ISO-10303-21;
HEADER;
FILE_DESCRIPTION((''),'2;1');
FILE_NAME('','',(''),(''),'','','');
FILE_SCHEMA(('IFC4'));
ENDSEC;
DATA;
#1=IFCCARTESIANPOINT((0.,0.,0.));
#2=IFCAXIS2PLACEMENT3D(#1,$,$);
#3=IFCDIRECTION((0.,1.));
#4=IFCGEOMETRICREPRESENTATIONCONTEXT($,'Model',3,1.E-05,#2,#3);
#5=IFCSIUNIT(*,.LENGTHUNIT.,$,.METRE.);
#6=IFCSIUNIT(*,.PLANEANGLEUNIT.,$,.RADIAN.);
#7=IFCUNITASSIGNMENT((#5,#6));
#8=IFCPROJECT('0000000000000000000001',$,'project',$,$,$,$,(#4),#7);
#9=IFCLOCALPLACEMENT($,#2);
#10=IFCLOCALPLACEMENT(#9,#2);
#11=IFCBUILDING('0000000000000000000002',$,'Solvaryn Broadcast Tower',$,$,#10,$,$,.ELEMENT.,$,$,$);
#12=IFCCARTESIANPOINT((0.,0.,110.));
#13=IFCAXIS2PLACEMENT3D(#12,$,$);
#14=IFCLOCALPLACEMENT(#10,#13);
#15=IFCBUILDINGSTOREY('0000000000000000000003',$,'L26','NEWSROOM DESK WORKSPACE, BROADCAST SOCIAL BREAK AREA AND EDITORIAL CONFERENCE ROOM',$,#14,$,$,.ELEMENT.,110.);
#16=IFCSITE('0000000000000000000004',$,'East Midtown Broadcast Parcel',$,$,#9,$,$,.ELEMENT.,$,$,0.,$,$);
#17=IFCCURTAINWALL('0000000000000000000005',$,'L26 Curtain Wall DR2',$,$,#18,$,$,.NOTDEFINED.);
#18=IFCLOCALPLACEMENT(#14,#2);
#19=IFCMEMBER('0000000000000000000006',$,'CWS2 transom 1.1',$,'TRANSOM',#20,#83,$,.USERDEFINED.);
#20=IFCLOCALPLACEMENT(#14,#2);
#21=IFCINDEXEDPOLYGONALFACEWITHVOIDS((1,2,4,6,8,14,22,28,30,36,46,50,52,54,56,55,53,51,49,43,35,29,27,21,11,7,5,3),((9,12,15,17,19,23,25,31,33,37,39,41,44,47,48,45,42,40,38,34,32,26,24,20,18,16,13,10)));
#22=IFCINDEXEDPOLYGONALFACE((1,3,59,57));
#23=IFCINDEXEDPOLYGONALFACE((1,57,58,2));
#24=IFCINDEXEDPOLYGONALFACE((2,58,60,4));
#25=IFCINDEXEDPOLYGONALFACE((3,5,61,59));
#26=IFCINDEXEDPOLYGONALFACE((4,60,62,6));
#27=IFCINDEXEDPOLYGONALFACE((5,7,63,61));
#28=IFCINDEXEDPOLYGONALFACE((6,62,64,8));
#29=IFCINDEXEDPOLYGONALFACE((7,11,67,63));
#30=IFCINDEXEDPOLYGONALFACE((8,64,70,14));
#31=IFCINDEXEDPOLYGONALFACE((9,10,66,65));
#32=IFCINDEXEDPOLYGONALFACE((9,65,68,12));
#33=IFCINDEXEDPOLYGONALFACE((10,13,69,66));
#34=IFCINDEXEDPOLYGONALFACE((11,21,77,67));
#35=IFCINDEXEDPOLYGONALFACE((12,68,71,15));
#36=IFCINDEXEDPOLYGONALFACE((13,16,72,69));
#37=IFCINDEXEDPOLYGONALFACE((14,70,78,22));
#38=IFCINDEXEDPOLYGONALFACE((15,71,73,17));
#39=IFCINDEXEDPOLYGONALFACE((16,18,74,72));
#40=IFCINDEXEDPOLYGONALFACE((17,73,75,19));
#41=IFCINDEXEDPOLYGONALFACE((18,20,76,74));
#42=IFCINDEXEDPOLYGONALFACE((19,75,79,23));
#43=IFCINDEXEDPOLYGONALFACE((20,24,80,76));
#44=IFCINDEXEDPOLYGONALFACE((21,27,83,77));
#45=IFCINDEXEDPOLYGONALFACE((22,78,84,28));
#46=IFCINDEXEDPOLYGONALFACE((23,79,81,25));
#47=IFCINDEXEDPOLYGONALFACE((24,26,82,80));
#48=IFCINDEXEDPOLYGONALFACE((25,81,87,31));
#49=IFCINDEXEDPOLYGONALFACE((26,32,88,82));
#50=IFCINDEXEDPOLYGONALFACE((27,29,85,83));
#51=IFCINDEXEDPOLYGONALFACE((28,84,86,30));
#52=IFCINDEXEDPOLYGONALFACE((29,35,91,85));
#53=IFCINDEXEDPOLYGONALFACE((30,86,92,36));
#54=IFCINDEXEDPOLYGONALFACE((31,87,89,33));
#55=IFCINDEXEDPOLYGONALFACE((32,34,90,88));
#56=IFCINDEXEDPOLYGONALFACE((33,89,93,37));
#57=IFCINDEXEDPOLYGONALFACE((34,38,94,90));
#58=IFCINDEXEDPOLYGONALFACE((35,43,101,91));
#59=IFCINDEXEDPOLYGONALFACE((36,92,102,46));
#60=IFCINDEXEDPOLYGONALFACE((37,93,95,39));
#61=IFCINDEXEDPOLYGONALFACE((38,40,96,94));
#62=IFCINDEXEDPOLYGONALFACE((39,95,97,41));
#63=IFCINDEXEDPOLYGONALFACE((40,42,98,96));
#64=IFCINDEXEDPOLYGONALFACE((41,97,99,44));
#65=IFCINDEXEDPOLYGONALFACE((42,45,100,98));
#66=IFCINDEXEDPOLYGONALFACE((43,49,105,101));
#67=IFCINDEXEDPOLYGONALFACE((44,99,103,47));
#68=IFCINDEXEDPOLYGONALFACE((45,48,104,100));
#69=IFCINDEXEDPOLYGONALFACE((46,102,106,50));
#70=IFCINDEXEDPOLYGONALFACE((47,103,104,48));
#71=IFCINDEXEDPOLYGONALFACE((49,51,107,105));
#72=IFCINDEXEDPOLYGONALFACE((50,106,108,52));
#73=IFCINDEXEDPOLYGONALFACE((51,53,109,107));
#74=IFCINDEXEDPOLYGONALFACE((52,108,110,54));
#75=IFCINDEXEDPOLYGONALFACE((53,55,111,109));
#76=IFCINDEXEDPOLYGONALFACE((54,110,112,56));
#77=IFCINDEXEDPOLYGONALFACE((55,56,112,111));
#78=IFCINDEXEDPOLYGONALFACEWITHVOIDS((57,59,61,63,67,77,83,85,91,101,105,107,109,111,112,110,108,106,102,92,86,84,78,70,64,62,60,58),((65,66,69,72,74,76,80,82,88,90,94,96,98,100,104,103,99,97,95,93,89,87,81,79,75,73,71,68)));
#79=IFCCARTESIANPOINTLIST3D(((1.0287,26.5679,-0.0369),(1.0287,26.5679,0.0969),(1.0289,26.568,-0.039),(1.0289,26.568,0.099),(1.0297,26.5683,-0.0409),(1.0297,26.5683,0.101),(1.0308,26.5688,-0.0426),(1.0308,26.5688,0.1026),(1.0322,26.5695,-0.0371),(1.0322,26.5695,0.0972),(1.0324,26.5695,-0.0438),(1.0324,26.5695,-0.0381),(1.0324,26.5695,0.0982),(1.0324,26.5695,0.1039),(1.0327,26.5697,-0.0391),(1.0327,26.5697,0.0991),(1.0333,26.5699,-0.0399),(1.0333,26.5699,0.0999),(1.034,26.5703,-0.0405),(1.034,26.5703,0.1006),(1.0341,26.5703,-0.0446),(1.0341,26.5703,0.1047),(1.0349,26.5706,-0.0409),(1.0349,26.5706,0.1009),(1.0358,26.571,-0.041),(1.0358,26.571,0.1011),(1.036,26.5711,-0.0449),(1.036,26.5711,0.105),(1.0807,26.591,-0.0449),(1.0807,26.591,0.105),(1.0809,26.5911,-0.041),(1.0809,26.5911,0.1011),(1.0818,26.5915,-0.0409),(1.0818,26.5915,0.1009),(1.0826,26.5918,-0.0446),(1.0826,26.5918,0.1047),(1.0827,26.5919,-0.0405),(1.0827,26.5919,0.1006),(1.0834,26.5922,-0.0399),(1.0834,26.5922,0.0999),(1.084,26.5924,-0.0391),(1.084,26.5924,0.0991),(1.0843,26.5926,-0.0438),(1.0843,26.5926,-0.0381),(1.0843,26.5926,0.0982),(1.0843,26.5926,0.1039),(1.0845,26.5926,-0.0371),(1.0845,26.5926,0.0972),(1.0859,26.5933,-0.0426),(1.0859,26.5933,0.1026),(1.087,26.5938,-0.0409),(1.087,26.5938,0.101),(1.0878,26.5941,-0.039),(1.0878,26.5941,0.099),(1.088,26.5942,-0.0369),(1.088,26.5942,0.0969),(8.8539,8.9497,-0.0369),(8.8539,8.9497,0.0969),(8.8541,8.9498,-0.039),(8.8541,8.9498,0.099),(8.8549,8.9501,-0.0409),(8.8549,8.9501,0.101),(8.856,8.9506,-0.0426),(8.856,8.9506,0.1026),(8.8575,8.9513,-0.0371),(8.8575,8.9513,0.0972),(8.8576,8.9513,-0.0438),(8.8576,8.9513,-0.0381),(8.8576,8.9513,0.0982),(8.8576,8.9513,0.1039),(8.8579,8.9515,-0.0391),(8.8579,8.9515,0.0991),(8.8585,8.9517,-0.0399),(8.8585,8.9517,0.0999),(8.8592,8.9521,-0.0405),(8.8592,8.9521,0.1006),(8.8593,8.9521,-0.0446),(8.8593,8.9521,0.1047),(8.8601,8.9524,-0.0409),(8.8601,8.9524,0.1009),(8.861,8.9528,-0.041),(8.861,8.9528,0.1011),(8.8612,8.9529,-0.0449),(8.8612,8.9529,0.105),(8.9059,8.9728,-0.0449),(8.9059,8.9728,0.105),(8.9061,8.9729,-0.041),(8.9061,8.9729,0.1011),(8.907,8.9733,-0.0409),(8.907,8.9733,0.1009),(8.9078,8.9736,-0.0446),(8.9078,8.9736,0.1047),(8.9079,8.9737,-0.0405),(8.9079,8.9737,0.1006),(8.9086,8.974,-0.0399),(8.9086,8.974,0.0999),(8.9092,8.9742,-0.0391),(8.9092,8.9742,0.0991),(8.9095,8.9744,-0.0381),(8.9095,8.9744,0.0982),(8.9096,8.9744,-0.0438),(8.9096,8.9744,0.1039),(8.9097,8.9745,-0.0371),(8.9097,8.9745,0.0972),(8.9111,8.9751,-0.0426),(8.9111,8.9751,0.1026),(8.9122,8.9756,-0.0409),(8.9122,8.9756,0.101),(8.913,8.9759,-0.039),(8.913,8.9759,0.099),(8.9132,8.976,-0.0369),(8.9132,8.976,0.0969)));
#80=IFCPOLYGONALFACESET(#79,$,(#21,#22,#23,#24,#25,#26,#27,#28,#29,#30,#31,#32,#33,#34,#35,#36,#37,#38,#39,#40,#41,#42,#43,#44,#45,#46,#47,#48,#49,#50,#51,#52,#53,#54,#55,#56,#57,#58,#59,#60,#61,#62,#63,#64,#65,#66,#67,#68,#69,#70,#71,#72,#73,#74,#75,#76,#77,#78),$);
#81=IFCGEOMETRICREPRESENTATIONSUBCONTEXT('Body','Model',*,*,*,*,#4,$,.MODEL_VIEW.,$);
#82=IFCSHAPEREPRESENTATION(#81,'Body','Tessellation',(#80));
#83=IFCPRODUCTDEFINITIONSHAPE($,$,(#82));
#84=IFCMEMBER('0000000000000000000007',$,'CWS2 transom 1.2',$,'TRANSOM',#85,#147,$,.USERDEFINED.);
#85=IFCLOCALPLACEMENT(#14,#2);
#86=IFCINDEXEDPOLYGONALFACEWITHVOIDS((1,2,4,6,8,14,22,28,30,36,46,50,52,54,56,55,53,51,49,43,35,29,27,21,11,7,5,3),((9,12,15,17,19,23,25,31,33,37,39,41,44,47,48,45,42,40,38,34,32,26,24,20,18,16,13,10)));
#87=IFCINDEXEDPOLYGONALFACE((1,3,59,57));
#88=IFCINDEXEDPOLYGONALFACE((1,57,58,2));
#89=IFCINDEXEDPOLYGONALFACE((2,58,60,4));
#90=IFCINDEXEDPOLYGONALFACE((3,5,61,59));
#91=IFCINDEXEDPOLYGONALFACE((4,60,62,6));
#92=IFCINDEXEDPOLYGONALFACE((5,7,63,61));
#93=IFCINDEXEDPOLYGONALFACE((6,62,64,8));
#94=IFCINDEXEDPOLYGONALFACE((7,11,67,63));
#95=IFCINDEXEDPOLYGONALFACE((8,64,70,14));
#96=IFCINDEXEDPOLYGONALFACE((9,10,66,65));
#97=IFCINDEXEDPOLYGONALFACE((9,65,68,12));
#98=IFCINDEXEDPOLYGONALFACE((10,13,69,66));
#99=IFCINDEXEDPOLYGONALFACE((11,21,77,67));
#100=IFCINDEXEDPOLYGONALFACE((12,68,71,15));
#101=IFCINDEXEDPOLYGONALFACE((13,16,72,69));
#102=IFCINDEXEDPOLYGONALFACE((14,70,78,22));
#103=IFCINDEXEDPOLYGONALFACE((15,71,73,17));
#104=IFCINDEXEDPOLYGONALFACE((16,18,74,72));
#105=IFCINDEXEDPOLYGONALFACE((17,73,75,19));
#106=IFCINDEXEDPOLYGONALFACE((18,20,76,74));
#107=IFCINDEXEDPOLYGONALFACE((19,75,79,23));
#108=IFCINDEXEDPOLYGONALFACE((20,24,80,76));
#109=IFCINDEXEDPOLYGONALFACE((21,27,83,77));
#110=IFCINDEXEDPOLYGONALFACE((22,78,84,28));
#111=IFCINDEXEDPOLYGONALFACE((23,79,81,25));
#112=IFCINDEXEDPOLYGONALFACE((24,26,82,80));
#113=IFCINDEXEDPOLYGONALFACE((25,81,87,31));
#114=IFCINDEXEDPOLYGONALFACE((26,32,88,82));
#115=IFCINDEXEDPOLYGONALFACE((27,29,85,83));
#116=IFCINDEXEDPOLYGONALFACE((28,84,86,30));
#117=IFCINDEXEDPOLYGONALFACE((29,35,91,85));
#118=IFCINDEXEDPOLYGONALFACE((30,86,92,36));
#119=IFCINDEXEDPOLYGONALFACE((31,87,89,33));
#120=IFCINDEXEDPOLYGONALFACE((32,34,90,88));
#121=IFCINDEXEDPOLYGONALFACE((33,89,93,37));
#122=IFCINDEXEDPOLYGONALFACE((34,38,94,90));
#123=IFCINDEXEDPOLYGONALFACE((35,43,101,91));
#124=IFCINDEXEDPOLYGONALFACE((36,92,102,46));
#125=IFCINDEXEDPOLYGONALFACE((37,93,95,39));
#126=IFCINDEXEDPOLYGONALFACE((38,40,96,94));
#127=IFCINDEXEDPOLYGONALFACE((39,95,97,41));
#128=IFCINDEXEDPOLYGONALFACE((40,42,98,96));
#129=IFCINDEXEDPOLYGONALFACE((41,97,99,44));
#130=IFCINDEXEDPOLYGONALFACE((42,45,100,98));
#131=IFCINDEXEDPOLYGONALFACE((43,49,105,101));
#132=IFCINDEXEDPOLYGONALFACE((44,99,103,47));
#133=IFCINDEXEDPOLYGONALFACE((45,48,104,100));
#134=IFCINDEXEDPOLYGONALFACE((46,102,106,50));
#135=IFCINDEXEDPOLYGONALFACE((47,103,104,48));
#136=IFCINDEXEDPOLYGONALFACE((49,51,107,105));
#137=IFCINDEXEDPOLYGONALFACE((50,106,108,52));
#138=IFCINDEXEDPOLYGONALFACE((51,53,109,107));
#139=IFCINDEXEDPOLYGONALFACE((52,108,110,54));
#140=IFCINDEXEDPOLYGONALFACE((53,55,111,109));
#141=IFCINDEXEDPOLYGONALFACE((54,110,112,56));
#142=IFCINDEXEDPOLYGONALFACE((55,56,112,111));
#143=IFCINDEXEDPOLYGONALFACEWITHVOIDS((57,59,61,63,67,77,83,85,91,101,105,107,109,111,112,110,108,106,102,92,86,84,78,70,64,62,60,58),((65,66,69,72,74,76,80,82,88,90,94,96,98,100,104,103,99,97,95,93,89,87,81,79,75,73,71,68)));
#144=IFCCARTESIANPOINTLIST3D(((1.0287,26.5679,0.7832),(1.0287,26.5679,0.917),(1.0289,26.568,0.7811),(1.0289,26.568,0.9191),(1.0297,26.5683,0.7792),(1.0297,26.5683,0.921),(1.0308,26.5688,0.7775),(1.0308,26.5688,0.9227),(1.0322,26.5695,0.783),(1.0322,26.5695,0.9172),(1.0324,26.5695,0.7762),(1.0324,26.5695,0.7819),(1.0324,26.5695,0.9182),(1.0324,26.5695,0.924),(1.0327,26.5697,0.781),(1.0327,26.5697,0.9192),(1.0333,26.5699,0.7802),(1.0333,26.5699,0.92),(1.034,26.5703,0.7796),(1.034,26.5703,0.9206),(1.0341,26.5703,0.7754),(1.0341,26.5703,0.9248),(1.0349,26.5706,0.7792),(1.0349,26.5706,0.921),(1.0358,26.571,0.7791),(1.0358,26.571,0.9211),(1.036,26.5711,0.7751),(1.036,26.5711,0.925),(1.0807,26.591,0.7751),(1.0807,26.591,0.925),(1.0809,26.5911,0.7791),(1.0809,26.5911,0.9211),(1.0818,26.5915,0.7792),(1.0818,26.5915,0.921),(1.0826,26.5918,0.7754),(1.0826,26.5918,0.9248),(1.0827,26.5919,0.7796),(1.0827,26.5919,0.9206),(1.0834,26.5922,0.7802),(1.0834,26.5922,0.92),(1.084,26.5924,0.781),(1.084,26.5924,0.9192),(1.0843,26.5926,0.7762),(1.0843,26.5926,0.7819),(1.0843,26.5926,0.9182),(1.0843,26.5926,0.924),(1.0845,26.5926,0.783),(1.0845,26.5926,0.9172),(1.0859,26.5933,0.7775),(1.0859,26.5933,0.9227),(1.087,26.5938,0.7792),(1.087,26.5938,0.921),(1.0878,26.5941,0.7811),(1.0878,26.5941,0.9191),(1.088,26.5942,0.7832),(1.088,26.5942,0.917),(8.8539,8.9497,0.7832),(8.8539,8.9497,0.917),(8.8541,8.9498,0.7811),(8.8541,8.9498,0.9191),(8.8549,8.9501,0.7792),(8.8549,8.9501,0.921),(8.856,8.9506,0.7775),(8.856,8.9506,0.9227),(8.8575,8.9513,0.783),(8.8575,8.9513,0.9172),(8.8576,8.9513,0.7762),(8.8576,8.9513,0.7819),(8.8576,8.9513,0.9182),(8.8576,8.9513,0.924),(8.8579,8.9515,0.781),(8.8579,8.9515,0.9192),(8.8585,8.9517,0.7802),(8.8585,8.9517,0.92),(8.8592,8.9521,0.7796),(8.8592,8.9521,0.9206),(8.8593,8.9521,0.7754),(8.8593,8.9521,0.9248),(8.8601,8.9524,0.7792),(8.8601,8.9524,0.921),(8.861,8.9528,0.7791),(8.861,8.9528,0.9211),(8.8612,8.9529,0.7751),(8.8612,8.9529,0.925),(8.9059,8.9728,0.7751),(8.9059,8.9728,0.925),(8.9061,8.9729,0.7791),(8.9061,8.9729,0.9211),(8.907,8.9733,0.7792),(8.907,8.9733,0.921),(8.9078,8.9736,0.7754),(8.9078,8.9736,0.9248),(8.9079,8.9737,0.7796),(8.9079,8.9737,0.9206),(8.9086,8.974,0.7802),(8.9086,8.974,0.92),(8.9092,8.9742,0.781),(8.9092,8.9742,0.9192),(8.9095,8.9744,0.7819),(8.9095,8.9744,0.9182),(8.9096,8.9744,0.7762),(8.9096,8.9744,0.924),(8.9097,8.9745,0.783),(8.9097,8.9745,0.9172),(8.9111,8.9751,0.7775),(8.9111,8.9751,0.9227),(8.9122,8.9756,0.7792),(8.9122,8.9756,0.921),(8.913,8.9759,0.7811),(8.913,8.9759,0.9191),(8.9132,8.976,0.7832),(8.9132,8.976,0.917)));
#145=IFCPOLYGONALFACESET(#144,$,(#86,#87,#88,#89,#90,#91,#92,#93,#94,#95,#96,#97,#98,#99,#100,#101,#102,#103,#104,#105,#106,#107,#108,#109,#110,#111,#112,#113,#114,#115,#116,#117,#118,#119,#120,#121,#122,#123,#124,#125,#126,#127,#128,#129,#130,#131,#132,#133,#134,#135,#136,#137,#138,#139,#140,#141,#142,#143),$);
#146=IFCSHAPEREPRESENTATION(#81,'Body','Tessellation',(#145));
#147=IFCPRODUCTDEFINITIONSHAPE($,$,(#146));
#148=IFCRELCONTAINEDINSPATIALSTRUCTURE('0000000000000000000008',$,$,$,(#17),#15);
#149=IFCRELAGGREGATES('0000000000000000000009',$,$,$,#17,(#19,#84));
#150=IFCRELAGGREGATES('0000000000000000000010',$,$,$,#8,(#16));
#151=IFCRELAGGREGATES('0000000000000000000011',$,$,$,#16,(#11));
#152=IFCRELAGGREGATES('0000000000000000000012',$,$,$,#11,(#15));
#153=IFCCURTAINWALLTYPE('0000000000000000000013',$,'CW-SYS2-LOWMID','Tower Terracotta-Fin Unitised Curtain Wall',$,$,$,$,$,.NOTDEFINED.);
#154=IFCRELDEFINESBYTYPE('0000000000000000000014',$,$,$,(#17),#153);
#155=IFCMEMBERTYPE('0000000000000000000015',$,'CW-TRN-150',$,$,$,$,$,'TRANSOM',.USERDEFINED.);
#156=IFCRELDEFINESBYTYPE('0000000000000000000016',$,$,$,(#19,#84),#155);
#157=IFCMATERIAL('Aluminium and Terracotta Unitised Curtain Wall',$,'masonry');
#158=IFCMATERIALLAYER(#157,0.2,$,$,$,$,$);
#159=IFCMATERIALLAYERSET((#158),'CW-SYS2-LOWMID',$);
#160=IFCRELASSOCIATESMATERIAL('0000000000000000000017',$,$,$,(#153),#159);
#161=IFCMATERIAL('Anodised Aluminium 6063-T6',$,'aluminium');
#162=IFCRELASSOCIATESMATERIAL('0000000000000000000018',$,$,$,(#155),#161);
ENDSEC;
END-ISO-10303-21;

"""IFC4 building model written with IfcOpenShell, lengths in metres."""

from ifc_helpers import new_model, si_unit, direction, frame, origin, origin_2d, place, context, subcontext, project, spatial, hollow_rectangle, extrude, material, layer, layer_set, material_profile, profile_set, type_object, element, aggregate, save


model = new_model("IFC4")

# Units and contexts
model_context = context("Model", 3, precision=1e-05, world=origin(), true_north=direction((0.0, 1.0)))
body_context = subcontext(model_context, "Body", "Model", "MODEL_VIEW")
ifc_project = project(units=[si_unit("LENGTHUNIT", "METRE"), si_unit("PLANEANGLEUNIT", "RADIAN")], contexts=[model_context])

# Site, building, storey
site_placement = place(None, origin())
site = spatial("IfcSite", under=ifc_project, at=site_placement, Name="East Midtown Broadcast Parcel", CompositionType="ELEMENT", RefElevation=0.0)
building_placement = place(site_placement, origin())
building = spatial("IfcBuilding", under=site, at=building_placement, Name="Solvaryn Broadcast Tower", CompositionType="ELEMENT")
storey_placement = place(building_placement, frame((0.0, 0.0, 110.0)))
storey = spatial("IfcBuildingStorey", under=building, at=storey_placement, Name="L26", Description="NEWSROOM DESK WORKSPACE, BROADCAST SOCIAL BREAK AREA AND EDITORIAL CONFERENCE ROOM", CompositionType="ELEMENT", Elevation=110.0)

# Shared definitions
ifc_material_1 = material(Name="Aluminium and Terracotta Unitised Curtain Wall", Category="masonry")
ifc_layer_1 = layer(ifc_material_1, 0.2)
ifc_layer_set_1 = layer_set([ifc_layer_1], Name="CW-SYS2-LOWMID")
curtain_wall_type = type_object("IfcCurtainWallType", Name="CW-SYS2-LOWMID", Description="Tower Terracotta-Fin Unitised Curtain Wall", PredefinedType="NOTDEFINED", material=ifc_layer_set_1)

# Curtain wall, members
curtain_wall_1_placement = place(storey_placement, origin())
curtain_wall_1 = element("IfcCurtainWall", 1, at=curtain_wall_1_placement, inside=storey, type_object=curtain_wall_type, Name="L26 Curtain Wall DR2", PredefinedType="NOTDEFINED")
ifc_material_2 = material(Name="Anodised Aluminium 6063-T6", Category="aluminium")
ifc_material_profile_1 = material_profile(ifc_material_2, hollow_rectangle(XDim=0.0649, YDim=0.1499, WallThickness=0.0039, InnerFilletRadius=0.0039, OuterFilletRadius=0.0081, at=origin_2d()))
ifc_profile_set_1 = profile_set([ifc_material_profile_1], Name="Anodised Aluminium 6063-T6")
member_type_1 = type_object("IfcMemberType", Name="CW-TRN-150", ElementType="TRANSOM", PredefinedType="USERDEFINED", material=ifc_profile_set_1)
member_1_placement = place(storey_placement, frame((1.0583, 26.5811, 0.03), z_axis=(0.405918, -0.91391, 0.0), x_axis=(0.91391, 0.405918, 0.0)))
member_1 = element("IfcMember", 2, at=member_1_placement, type_object=member_type_1, Name="CWS2 transom 1.1", ObjectType="TRANSOM", PredefinedType="USERDEFINED", context=body_context, shape_type="SweptSolid", body=[
    extrude(hollow_rectangle(XDim=0.0649, YDim=0.1499, WallThickness=0.0039, InnerFilletRadius=0.0039, OuterFilletRadius=0.0081, at=origin_2d()), origin(), (0.0, 0.0, 1.0), 19.2778),
])
member_2_placement = place(storey_placement, frame((1.0583, 26.5811, 0.8501), z_axis=(0.405918, -0.91391, 0.0), x_axis=(0.91391, 0.405918, 0.0)))
member_2 = element("IfcMember", 3, at=member_2_placement, type_object=member_type_1, Name="CWS2 transom 1.2", ObjectType="TRANSOM", PredefinedType="USERDEFINED", context=body_context, shape_type="SweptSolid", body=[
    extrude(hollow_rectangle(XDim=0.0649, YDim=0.1499, WallThickness=0.0039, InnerFilletRadius=0.0039, OuterFilletRadius=0.0081, at=origin_2d()), origin(), (0.0, 0.0, 1.0), 19.2778),
])
aggregate(curtain_wall_1, [member_1, member_2])

save(model, "model.ifc")
